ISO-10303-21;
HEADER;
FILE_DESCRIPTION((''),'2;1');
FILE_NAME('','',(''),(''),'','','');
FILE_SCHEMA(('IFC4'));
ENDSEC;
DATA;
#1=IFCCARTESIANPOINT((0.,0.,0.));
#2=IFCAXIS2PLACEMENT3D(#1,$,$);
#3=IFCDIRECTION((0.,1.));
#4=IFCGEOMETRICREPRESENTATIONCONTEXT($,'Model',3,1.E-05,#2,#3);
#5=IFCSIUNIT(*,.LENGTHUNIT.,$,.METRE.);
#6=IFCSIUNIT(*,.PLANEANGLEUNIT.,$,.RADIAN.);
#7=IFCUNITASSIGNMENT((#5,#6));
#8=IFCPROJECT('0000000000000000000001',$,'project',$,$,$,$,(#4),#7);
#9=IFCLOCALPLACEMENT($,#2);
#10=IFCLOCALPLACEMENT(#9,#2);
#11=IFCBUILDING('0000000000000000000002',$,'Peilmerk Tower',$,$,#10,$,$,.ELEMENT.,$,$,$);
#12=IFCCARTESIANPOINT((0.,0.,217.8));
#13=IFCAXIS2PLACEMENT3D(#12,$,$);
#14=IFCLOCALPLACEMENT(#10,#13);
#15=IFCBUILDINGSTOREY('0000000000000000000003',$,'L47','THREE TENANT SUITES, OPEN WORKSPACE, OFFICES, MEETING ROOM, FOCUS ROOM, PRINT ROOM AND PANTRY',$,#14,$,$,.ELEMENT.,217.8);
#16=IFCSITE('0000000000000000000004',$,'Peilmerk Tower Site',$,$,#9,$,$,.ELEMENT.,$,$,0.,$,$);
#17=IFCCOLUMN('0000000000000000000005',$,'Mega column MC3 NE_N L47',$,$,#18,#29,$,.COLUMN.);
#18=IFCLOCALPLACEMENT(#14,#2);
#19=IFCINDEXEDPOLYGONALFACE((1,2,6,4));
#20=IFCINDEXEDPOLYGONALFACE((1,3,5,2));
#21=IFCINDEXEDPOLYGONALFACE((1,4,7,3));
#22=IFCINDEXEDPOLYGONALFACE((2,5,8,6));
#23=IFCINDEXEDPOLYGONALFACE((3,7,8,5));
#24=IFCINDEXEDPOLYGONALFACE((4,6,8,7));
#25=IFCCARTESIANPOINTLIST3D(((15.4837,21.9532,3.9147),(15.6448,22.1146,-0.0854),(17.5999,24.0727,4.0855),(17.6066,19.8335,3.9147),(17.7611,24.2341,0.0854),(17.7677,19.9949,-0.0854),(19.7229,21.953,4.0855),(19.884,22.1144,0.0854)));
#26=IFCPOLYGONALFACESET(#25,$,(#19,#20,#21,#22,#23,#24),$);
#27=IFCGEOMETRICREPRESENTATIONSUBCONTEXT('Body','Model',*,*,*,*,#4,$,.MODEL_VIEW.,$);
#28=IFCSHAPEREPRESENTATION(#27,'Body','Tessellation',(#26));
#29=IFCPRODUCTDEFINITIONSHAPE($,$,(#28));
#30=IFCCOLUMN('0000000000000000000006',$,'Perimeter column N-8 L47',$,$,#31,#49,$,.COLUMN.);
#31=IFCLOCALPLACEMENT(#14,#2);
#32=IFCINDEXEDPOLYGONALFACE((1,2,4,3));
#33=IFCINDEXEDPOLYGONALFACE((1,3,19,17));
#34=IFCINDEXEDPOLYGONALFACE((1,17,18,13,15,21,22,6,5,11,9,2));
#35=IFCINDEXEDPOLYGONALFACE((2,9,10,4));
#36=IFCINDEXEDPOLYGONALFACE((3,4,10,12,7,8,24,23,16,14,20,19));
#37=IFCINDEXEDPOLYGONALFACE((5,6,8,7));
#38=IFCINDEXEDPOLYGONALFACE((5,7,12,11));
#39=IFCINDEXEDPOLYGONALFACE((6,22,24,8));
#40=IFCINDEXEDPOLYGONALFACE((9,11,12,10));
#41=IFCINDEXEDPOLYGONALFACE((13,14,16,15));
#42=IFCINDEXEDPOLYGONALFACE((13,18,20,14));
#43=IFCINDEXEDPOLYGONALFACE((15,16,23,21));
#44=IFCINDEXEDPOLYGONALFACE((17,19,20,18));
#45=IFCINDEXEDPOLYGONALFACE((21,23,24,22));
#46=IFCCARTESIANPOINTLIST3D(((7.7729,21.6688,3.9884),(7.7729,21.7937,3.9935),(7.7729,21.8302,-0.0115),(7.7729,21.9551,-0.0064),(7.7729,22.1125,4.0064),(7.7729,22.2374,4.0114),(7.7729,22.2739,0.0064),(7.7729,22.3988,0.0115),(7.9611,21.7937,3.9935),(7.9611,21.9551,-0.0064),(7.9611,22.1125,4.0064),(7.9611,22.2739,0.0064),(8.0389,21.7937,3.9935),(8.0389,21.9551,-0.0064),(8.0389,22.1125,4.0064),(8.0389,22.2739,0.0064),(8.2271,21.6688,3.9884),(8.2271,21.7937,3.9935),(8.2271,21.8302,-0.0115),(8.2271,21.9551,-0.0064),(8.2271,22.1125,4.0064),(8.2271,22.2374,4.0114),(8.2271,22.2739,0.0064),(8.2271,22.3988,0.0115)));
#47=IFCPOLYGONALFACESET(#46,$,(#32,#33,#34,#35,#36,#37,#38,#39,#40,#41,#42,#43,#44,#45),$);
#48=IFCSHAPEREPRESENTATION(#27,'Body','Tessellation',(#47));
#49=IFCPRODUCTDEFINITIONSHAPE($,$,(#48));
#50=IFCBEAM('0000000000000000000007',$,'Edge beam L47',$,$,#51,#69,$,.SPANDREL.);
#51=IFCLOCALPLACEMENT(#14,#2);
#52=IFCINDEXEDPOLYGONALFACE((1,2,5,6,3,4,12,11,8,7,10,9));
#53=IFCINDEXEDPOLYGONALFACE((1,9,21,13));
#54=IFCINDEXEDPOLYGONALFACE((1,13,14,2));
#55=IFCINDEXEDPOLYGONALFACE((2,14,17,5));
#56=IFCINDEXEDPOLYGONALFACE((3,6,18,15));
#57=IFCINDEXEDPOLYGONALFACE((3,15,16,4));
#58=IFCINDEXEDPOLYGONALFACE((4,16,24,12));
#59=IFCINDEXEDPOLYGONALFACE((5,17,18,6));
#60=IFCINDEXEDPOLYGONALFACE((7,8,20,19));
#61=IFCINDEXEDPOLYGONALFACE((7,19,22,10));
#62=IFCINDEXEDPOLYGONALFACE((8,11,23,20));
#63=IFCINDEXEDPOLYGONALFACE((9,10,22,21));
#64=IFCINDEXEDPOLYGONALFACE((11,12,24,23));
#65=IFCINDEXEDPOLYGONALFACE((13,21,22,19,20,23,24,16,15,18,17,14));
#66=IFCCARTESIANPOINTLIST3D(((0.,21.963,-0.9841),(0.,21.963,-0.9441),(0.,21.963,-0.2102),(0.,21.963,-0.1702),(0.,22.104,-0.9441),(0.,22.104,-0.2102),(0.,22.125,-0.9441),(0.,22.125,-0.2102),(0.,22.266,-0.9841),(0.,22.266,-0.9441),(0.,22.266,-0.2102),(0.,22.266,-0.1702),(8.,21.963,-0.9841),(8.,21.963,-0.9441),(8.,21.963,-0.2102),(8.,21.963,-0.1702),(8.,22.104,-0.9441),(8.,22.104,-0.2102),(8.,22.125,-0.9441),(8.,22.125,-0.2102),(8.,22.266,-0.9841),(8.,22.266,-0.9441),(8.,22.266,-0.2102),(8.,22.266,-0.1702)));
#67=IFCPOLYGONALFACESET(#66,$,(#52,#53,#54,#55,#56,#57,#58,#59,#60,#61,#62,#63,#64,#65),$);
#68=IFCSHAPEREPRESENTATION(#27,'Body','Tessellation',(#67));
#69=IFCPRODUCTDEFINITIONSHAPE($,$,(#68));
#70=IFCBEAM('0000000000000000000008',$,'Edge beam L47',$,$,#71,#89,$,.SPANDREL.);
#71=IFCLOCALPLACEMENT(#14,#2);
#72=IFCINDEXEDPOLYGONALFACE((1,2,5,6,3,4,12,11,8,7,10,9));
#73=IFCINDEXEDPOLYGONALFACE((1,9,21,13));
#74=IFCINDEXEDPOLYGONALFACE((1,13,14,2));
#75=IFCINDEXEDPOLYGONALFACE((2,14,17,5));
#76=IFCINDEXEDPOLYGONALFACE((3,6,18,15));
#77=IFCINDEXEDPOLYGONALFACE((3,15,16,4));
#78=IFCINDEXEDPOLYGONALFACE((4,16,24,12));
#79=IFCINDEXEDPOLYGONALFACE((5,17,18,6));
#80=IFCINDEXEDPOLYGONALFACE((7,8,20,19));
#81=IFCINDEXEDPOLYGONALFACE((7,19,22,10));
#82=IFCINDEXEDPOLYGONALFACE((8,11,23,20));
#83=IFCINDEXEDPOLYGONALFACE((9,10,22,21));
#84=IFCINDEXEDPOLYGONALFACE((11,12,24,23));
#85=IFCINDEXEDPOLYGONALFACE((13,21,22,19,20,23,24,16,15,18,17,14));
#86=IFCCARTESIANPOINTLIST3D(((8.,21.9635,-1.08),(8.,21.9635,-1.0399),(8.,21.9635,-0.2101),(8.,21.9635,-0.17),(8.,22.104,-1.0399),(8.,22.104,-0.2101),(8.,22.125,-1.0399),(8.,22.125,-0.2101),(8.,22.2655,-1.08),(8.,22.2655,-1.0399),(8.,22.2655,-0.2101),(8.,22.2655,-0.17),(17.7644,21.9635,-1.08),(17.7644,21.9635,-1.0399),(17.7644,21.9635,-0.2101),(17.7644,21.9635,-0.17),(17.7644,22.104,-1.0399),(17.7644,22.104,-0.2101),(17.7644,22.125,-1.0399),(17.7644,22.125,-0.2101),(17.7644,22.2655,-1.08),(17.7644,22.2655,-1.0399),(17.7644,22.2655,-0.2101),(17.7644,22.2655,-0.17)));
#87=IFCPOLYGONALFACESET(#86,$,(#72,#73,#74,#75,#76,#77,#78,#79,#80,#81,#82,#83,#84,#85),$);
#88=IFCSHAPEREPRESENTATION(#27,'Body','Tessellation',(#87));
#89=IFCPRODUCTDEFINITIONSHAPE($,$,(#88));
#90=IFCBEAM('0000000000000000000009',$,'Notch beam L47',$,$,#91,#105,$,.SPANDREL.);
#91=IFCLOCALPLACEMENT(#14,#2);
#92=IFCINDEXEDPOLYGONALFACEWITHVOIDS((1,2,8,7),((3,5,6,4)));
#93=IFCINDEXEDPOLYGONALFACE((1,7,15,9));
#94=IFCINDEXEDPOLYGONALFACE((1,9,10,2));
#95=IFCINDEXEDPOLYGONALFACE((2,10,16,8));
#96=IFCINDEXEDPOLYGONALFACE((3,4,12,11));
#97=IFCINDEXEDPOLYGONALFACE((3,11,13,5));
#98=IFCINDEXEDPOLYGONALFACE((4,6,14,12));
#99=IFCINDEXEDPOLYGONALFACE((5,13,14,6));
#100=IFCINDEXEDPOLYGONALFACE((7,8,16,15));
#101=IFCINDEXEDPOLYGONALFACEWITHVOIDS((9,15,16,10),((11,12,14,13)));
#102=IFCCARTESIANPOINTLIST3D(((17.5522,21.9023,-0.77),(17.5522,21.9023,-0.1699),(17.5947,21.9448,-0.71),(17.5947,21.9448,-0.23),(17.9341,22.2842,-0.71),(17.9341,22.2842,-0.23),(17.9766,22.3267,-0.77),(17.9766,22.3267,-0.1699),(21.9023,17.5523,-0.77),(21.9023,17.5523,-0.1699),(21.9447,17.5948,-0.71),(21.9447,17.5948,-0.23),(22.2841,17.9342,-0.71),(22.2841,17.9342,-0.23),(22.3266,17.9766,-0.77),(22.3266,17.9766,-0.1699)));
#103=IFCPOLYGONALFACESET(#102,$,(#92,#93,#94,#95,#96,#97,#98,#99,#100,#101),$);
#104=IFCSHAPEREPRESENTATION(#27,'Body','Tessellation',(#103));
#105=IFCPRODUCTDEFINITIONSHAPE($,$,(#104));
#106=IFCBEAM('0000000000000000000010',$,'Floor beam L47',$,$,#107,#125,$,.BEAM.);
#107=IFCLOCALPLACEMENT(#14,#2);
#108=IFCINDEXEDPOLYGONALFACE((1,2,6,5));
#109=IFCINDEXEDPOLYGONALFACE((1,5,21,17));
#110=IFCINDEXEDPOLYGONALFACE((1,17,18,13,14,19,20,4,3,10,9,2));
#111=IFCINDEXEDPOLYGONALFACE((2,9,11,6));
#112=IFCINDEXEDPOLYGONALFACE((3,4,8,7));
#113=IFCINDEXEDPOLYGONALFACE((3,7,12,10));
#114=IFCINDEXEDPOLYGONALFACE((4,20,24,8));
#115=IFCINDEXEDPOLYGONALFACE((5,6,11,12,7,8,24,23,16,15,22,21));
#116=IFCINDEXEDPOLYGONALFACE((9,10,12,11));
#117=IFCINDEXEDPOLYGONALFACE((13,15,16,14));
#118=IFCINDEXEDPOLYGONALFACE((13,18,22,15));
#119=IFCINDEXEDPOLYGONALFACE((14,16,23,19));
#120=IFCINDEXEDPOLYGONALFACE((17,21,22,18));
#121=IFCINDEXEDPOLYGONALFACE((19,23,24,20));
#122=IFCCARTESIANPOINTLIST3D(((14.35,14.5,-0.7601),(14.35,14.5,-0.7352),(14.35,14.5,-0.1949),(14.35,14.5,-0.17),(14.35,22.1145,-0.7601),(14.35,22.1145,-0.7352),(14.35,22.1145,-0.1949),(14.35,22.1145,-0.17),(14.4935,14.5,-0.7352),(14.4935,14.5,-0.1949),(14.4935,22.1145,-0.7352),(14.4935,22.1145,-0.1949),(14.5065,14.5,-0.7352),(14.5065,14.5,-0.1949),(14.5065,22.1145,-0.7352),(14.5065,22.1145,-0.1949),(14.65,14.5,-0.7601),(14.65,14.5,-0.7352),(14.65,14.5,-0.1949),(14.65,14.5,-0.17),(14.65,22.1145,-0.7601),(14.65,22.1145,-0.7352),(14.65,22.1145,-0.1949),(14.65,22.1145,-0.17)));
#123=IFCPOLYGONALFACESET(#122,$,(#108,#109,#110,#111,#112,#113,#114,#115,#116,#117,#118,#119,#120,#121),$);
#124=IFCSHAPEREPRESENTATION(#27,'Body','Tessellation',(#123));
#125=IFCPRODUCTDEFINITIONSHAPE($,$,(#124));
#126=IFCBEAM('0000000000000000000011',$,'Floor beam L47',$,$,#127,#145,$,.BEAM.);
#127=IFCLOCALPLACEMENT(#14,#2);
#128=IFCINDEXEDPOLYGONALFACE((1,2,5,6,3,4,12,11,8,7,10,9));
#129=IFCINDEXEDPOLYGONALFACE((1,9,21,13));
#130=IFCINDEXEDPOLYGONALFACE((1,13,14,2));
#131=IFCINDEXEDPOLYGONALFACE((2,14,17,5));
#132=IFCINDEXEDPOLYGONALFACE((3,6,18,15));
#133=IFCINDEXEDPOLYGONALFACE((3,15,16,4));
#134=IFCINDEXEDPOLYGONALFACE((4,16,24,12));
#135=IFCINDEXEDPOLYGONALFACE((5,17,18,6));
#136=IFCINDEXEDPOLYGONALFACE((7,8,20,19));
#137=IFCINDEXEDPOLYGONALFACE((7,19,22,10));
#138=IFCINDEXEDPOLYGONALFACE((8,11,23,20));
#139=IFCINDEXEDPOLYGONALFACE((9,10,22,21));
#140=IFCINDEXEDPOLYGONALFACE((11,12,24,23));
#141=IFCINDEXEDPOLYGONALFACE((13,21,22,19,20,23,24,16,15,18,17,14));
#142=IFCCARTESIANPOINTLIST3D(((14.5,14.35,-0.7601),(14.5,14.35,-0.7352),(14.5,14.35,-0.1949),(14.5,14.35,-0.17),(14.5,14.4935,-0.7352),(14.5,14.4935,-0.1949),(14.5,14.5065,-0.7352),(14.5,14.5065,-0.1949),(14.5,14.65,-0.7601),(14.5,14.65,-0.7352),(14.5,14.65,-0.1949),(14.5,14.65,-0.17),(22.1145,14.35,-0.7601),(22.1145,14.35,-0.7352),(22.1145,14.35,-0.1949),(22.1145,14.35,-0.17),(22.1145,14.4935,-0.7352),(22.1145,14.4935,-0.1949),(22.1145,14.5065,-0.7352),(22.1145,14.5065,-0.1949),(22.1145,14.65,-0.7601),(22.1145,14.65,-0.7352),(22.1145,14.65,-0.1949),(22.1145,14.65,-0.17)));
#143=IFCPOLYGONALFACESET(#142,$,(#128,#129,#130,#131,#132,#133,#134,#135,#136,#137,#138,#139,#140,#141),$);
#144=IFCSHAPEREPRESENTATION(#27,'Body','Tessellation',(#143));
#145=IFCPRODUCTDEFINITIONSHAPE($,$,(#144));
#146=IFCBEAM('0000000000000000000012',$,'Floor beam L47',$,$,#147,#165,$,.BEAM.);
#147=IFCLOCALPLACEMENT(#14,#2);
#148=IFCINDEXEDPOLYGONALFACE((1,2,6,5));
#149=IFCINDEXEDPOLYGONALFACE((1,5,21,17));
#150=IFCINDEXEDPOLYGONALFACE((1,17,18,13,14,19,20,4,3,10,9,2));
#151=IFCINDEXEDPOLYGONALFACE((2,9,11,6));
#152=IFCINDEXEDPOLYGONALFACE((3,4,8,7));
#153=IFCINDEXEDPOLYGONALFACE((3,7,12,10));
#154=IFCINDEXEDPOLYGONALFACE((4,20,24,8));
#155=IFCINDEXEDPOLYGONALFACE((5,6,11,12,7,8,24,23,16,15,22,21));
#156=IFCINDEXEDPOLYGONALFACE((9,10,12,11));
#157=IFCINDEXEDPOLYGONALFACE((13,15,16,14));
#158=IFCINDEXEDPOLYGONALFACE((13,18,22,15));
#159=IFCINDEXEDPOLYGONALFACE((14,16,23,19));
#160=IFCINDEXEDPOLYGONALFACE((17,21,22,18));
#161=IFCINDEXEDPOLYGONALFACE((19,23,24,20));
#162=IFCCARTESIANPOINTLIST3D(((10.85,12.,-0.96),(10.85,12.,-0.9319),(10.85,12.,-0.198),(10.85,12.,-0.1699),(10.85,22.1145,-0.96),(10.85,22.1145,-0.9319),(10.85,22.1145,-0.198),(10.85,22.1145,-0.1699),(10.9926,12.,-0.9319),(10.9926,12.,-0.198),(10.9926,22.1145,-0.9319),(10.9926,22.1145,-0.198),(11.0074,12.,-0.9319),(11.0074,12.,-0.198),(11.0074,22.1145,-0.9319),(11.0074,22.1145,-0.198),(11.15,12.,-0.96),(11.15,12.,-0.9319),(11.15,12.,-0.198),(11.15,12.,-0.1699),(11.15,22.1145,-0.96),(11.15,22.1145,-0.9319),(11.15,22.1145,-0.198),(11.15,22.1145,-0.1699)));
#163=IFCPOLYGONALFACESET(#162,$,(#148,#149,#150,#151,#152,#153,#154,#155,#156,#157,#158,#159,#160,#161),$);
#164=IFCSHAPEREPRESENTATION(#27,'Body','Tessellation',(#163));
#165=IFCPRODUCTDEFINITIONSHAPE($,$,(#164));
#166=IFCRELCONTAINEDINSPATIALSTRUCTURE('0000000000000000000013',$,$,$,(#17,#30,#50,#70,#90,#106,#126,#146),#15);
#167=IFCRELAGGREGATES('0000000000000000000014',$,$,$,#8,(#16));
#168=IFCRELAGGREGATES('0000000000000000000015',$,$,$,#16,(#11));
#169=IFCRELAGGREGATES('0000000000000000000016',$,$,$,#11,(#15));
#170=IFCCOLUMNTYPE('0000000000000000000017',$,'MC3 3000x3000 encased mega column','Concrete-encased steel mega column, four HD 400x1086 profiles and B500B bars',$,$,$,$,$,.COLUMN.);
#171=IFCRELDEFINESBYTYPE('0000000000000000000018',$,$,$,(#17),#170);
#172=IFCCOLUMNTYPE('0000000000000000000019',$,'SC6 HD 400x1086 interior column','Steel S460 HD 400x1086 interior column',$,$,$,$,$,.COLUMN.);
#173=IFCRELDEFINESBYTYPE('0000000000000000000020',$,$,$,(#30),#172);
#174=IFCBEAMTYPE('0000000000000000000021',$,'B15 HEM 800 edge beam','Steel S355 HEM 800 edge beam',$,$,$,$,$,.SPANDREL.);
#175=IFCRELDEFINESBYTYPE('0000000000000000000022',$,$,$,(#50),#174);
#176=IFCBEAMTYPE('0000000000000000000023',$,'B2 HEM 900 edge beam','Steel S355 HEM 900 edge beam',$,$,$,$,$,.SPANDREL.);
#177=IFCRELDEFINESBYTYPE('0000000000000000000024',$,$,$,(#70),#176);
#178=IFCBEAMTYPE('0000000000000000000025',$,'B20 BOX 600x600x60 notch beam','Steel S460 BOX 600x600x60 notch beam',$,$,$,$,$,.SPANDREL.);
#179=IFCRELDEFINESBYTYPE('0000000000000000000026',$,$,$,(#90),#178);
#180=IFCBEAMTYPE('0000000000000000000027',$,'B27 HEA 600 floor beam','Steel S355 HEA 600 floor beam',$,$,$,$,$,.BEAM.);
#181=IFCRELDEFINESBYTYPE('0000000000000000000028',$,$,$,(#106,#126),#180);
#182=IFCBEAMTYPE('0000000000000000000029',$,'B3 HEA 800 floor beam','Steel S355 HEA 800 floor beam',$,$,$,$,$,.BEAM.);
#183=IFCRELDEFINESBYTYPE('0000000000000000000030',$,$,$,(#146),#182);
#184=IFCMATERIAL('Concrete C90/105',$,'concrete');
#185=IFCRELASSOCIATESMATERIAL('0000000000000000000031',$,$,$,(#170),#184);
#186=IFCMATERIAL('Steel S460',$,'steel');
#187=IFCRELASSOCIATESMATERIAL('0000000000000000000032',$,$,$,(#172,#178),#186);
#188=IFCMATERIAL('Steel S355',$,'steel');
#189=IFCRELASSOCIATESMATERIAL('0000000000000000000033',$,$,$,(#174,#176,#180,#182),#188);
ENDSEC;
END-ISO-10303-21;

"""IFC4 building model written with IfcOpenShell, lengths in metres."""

from ifc_helpers import new_model, si_unit, direction, frame, origin, origin_2d, place, context, subcontext, project, spatial, rectangle, hollow_rectangle, i_section, extrude, material, material_profile, profile_set, type_object, element, save


model = new_model("IFC4")

# Units and contexts
model_context = context("Model", 3, precision=1e-05, world=origin(), true_north=direction((0.0, 1.0)))
body_context = subcontext(model_context, "Body", "Model", "MODEL_VIEW")
ifc_project = project(units=[si_unit("LENGTHUNIT", "METRE"), si_unit("PLANEANGLEUNIT", "RADIAN")], contexts=[model_context])

# Site, building, storey
site_placement = place(None, origin())
site = spatial("IfcSite", under=ifc_project, at=site_placement, Name="Peilmerk Tower Site", CompositionType="ELEMENT", RefElevation=0.0)
building_placement = place(site_placement, origin())
building = spatial("IfcBuilding", under=site, at=building_placement, Name="Peilmerk Tower", CompositionType="ELEMENT")
storey_placement = place(building_placement, frame((0.0, 0.0, 217.8)))
storey = spatial("IfcBuildingStorey", under=building, at=storey_placement, Name="L47", Description="THREE TENANT SUITES, OPEN WORKSPACE, OFFICES, MEETING ROOM, FOCUS ROOM, PRINT ROOM AND PANTRY", CompositionType="ELEMENT", Elevation=217.8)

# Columns
ifc_material_1 = material(Name="Concrete C90/105", Category="concrete")
ifc_material_profile_1 = material_profile(ifc_material_1, rectangle(XDim=3.0, YDim=3.0, at=origin_2d()), Name="RC 3000x3000")
ifc_profile_set_1 = profile_set([ifc_material_profile_1], Name="Concrete C90/105")
column_type_1 = type_object("IfcColumnType", Name="MC3 3000x3000 encased mega column", Description="Concrete-encased steel mega column, four HD 400x1086 profiles and B500B bars", PredefinedType="COLUMN", material=ifc_profile_set_1)
column_1_placement = place(storey_placement, frame((17.7644, 22.1145, 0.0), z_axis=(-0.040218, -0.040279, 0.998379), x_axis=(0.707642, -0.706571, 0.0)))
element("IfcColumn", 1, at=column_1_placement, inside=storey, type_object=column_type_1, Name="Mega column MC3 NE_N L47", PredefinedType="COLUMN", context=body_context, shape_type="SweptSolid", body=[
    extrude(rectangle(XDim=3.0, YDim=3.0, at=origin_2d()), origin(), (0.0, 0.0, 1.0), 4.0066),
])
ifc_material_2 = material(Name="Steel S460", Category="steel")
ifc_material_profile_2 = material_profile(ifc_material_2, i_section(OverallWidth=0.4541, OverallDepth=0.5691, WebThickness=0.0779, FlangeThickness=0.125, at=origin_2d()), Name="HD 400x1086")
ifc_profile_set_2 = profile_set([ifc_material_profile_2], Name="Steel S460")
column_type_2 = type_object("IfcColumnType", Name="SC6 HD 400x1086 interior column", Description="Steel S460 HD 400x1086 interior column", PredefinedType="COLUMN", material=ifc_profile_set_2)
column_2_placement = place(storey_placement, frame((8.0, 22.1145, 0.0), z_axis=(0.0, -0.040311, 0.999187), x_axis=(1.0, 0.0, 0.0)))
element("IfcColumn", 2, at=column_2_placement, inside=storey, type_object=column_type_2, Name="Perimeter column N-8 L47", PredefinedType="COLUMN", context=body_context, shape_type="SweptSolid", body=[
    extrude(i_section(OverallWidth=0.4541, OverallDepth=0.5691, WebThickness=0.0779, FlangeThickness=0.125, at=origin_2d()), origin(), (0.0, 0.0, 1.0), 4.0032),
])

# Beams
ifc_material_3 = material(Name="Steel S355", Category="steel")
ifc_material_profile_3 = material_profile(ifc_material_3, i_section(OverallWidth=0.303, OverallDepth=0.814, WebThickness=0.021, FlangeThickness=0.04, at=origin_2d()), Name="HEM 800")
ifc_profile_set_3 = profile_set([ifc_material_profile_3], Name="Steel S355")
beam_type_1 = type_object("IfcBeamType", Name="B15 HEM 800 edge beam", Description="Steel S355 HEM 800 edge beam", PredefinedType="SPANDREL", material=ifc_profile_set_3)
beam_1_placement = place(storey_placement, frame((8.0, 22.1145, -0.5771), z_axis=(-1.0, 0.0, 0.0), x_axis=(0.0, -1.0, 0.0)))
element("IfcBeam", 3, at=beam_1_placement, inside=storey, type_object=beam_type_1, Name="Edge beam L47", PredefinedType="SPANDREL", context=body_context, shape_type="SweptSolid", body=[
    extrude(i_section(OverallWidth=0.303, OverallDepth=0.814, WebThickness=0.021, FlangeThickness=0.04, at=origin_2d()), origin(), (0.0, 0.0, 1.0), 8.0),
])
ifc_material_profile_4 = material_profile(ifc_material_3, i_section(OverallWidth=0.302, OverallDepth=0.9099, WebThickness=0.021, FlangeThickness=0.04, at=origin_2d()), Name="HEM 900")
ifc_profile_set_4 = profile_set([ifc_material_profile_4], Name="Steel S355")
beam_type_2 = type_object("IfcBeamType", Name="B2 HEM 900 edge beam", Description="Steel S355 HEM 900 edge beam", PredefinedType="SPANDREL", material=ifc_profile_set_4)
beam_2_placement = place(storey_placement, frame((17.7644, 22.1145, -0.625), z_axis=(-1.0, 0.0, 0.0), x_axis=(0.0, -1.0, 0.0)))
element("IfcBeam", 4, at=beam_2_placement, inside=storey, type_object=beam_type_2, Name="Edge beam L47", PredefinedType="SPANDREL", context=body_context, shape_type="SweptSolid", body=[
    extrude(i_section(OverallWidth=0.302, OverallDepth=0.9099, WebThickness=0.021, FlangeThickness=0.04, at=origin_2d()), origin(), (0.0, 0.0, 1.0), 9.7644),
])
ifc_material_profile_5 = material_profile(ifc_material_2, hollow_rectangle(XDim=0.6001, YDim=0.6001, WallThickness=0.0601, at=origin_2d()), Name="BOX 600x600x60")
ifc_profile_set_5 = profile_set([ifc_material_profile_5], Name="Steel S460")
beam_type_3 = type_object("IfcBeamType", Name="B20 BOX 600x600x60 notch beam", Description="Steel S460 BOX 600x600x60 notch beam", PredefinedType="SPANDREL", material=ifc_profile_set_5)
beam_3_placement = place(storey_placement, frame((17.7644, 22.1145, -0.47), z_axis=(0.707107, -0.707107, 0.0), x_axis=(0.707107, 0.707107, 0.0)))
element("IfcBeam", 5, at=beam_3_placement, inside=storey, type_object=beam_type_3, Name="Notch beam L47", PredefinedType="SPANDREL", context=body_context, shape_type="SweptSolid", body=[
    extrude(hollow_rectangle(XDim=0.6001, YDim=0.6001, WallThickness=0.0601, at=origin_2d()), origin(), (0.0, 0.0, 1.0), 6.1519),
])
ifc_material_profile_6 = material_profile(ifc_material_3, i_section(OverallWidth=0.3, OverallDepth=0.5901, WebThickness=0.0129, FlangeThickness=0.0249, at=origin_2d()), Name="HEA 600")
ifc_profile_set_6 = profile_set([ifc_material_profile_6], Name="Steel S355")
beam_type_4 = type_object("IfcBeamType", Name="B27 HEA 600 floor beam", Description="Steel S355 HEA 600 floor beam", PredefinedType="BEAM", material=ifc_profile_set_6)
for number, where, z_axis, x_axis, name in (
    (6, (14.5, 14.5, -0.4651), (0.0, 1.0, 0.0), (-1.0, 0.0, 0.0), "Floor beam L47"),
    (7, (14.5, 14.5, -0.4651), (1.0, 0.0, 0.0), (0.0, 1.0, 0.0), "Floor beam L47"),
):
    element("IfcBeam", number, at=place(storey_placement, frame(where, z_axis=z_axis, x_axis=x_axis)), inside=storey, type_object=beam_type_4, Name=name, PredefinedType="BEAM", context=body_context, shape_type="SweptSolid", body=[
        extrude(i_section(OverallWidth=0.3, OverallDepth=0.5901, WebThickness=0.0129, FlangeThickness=0.0249, at=origin_2d()), origin(), (0.0, 0.0, 1.0), 7.6145),
    ])
ifc_material_profile_7 = material_profile(ifc_material_3, i_section(OverallWidth=0.3, OverallDepth=0.79, WebThickness=0.0149, FlangeThickness=0.0281, at=origin_2d()), Name="HEA 800")
ifc_profile_set_7 = profile_set([ifc_material_profile_7], Name="Steel S355")
beam_type_5 = type_object("IfcBeamType", Name="B3 HEA 800 floor beam", Description="Steel S355 HEA 800 floor beam", PredefinedType="BEAM", material=ifc_profile_set_7)
beam_4_placement = place(storey_placement, frame((11.0, 12.0, -0.5649), z_axis=(0.0, 1.0, 0.0), x_axis=(-1.0, 0.0, 0.0)))
element("IfcBeam", 8, at=beam_4_placement, inside=storey, type_object=beam_type_5, Name="Floor beam L47", PredefinedType="BEAM", context=body_context, shape_type="SweptSolid", body=[
    extrude(i_section(OverallWidth=0.3, OverallDepth=0.79, WebThickness=0.0149, FlangeThickness=0.0281, at=origin_2d()), origin(), (0.0, 0.0, 1.0), 10.1145),
])

save(model, "model.ifc")
